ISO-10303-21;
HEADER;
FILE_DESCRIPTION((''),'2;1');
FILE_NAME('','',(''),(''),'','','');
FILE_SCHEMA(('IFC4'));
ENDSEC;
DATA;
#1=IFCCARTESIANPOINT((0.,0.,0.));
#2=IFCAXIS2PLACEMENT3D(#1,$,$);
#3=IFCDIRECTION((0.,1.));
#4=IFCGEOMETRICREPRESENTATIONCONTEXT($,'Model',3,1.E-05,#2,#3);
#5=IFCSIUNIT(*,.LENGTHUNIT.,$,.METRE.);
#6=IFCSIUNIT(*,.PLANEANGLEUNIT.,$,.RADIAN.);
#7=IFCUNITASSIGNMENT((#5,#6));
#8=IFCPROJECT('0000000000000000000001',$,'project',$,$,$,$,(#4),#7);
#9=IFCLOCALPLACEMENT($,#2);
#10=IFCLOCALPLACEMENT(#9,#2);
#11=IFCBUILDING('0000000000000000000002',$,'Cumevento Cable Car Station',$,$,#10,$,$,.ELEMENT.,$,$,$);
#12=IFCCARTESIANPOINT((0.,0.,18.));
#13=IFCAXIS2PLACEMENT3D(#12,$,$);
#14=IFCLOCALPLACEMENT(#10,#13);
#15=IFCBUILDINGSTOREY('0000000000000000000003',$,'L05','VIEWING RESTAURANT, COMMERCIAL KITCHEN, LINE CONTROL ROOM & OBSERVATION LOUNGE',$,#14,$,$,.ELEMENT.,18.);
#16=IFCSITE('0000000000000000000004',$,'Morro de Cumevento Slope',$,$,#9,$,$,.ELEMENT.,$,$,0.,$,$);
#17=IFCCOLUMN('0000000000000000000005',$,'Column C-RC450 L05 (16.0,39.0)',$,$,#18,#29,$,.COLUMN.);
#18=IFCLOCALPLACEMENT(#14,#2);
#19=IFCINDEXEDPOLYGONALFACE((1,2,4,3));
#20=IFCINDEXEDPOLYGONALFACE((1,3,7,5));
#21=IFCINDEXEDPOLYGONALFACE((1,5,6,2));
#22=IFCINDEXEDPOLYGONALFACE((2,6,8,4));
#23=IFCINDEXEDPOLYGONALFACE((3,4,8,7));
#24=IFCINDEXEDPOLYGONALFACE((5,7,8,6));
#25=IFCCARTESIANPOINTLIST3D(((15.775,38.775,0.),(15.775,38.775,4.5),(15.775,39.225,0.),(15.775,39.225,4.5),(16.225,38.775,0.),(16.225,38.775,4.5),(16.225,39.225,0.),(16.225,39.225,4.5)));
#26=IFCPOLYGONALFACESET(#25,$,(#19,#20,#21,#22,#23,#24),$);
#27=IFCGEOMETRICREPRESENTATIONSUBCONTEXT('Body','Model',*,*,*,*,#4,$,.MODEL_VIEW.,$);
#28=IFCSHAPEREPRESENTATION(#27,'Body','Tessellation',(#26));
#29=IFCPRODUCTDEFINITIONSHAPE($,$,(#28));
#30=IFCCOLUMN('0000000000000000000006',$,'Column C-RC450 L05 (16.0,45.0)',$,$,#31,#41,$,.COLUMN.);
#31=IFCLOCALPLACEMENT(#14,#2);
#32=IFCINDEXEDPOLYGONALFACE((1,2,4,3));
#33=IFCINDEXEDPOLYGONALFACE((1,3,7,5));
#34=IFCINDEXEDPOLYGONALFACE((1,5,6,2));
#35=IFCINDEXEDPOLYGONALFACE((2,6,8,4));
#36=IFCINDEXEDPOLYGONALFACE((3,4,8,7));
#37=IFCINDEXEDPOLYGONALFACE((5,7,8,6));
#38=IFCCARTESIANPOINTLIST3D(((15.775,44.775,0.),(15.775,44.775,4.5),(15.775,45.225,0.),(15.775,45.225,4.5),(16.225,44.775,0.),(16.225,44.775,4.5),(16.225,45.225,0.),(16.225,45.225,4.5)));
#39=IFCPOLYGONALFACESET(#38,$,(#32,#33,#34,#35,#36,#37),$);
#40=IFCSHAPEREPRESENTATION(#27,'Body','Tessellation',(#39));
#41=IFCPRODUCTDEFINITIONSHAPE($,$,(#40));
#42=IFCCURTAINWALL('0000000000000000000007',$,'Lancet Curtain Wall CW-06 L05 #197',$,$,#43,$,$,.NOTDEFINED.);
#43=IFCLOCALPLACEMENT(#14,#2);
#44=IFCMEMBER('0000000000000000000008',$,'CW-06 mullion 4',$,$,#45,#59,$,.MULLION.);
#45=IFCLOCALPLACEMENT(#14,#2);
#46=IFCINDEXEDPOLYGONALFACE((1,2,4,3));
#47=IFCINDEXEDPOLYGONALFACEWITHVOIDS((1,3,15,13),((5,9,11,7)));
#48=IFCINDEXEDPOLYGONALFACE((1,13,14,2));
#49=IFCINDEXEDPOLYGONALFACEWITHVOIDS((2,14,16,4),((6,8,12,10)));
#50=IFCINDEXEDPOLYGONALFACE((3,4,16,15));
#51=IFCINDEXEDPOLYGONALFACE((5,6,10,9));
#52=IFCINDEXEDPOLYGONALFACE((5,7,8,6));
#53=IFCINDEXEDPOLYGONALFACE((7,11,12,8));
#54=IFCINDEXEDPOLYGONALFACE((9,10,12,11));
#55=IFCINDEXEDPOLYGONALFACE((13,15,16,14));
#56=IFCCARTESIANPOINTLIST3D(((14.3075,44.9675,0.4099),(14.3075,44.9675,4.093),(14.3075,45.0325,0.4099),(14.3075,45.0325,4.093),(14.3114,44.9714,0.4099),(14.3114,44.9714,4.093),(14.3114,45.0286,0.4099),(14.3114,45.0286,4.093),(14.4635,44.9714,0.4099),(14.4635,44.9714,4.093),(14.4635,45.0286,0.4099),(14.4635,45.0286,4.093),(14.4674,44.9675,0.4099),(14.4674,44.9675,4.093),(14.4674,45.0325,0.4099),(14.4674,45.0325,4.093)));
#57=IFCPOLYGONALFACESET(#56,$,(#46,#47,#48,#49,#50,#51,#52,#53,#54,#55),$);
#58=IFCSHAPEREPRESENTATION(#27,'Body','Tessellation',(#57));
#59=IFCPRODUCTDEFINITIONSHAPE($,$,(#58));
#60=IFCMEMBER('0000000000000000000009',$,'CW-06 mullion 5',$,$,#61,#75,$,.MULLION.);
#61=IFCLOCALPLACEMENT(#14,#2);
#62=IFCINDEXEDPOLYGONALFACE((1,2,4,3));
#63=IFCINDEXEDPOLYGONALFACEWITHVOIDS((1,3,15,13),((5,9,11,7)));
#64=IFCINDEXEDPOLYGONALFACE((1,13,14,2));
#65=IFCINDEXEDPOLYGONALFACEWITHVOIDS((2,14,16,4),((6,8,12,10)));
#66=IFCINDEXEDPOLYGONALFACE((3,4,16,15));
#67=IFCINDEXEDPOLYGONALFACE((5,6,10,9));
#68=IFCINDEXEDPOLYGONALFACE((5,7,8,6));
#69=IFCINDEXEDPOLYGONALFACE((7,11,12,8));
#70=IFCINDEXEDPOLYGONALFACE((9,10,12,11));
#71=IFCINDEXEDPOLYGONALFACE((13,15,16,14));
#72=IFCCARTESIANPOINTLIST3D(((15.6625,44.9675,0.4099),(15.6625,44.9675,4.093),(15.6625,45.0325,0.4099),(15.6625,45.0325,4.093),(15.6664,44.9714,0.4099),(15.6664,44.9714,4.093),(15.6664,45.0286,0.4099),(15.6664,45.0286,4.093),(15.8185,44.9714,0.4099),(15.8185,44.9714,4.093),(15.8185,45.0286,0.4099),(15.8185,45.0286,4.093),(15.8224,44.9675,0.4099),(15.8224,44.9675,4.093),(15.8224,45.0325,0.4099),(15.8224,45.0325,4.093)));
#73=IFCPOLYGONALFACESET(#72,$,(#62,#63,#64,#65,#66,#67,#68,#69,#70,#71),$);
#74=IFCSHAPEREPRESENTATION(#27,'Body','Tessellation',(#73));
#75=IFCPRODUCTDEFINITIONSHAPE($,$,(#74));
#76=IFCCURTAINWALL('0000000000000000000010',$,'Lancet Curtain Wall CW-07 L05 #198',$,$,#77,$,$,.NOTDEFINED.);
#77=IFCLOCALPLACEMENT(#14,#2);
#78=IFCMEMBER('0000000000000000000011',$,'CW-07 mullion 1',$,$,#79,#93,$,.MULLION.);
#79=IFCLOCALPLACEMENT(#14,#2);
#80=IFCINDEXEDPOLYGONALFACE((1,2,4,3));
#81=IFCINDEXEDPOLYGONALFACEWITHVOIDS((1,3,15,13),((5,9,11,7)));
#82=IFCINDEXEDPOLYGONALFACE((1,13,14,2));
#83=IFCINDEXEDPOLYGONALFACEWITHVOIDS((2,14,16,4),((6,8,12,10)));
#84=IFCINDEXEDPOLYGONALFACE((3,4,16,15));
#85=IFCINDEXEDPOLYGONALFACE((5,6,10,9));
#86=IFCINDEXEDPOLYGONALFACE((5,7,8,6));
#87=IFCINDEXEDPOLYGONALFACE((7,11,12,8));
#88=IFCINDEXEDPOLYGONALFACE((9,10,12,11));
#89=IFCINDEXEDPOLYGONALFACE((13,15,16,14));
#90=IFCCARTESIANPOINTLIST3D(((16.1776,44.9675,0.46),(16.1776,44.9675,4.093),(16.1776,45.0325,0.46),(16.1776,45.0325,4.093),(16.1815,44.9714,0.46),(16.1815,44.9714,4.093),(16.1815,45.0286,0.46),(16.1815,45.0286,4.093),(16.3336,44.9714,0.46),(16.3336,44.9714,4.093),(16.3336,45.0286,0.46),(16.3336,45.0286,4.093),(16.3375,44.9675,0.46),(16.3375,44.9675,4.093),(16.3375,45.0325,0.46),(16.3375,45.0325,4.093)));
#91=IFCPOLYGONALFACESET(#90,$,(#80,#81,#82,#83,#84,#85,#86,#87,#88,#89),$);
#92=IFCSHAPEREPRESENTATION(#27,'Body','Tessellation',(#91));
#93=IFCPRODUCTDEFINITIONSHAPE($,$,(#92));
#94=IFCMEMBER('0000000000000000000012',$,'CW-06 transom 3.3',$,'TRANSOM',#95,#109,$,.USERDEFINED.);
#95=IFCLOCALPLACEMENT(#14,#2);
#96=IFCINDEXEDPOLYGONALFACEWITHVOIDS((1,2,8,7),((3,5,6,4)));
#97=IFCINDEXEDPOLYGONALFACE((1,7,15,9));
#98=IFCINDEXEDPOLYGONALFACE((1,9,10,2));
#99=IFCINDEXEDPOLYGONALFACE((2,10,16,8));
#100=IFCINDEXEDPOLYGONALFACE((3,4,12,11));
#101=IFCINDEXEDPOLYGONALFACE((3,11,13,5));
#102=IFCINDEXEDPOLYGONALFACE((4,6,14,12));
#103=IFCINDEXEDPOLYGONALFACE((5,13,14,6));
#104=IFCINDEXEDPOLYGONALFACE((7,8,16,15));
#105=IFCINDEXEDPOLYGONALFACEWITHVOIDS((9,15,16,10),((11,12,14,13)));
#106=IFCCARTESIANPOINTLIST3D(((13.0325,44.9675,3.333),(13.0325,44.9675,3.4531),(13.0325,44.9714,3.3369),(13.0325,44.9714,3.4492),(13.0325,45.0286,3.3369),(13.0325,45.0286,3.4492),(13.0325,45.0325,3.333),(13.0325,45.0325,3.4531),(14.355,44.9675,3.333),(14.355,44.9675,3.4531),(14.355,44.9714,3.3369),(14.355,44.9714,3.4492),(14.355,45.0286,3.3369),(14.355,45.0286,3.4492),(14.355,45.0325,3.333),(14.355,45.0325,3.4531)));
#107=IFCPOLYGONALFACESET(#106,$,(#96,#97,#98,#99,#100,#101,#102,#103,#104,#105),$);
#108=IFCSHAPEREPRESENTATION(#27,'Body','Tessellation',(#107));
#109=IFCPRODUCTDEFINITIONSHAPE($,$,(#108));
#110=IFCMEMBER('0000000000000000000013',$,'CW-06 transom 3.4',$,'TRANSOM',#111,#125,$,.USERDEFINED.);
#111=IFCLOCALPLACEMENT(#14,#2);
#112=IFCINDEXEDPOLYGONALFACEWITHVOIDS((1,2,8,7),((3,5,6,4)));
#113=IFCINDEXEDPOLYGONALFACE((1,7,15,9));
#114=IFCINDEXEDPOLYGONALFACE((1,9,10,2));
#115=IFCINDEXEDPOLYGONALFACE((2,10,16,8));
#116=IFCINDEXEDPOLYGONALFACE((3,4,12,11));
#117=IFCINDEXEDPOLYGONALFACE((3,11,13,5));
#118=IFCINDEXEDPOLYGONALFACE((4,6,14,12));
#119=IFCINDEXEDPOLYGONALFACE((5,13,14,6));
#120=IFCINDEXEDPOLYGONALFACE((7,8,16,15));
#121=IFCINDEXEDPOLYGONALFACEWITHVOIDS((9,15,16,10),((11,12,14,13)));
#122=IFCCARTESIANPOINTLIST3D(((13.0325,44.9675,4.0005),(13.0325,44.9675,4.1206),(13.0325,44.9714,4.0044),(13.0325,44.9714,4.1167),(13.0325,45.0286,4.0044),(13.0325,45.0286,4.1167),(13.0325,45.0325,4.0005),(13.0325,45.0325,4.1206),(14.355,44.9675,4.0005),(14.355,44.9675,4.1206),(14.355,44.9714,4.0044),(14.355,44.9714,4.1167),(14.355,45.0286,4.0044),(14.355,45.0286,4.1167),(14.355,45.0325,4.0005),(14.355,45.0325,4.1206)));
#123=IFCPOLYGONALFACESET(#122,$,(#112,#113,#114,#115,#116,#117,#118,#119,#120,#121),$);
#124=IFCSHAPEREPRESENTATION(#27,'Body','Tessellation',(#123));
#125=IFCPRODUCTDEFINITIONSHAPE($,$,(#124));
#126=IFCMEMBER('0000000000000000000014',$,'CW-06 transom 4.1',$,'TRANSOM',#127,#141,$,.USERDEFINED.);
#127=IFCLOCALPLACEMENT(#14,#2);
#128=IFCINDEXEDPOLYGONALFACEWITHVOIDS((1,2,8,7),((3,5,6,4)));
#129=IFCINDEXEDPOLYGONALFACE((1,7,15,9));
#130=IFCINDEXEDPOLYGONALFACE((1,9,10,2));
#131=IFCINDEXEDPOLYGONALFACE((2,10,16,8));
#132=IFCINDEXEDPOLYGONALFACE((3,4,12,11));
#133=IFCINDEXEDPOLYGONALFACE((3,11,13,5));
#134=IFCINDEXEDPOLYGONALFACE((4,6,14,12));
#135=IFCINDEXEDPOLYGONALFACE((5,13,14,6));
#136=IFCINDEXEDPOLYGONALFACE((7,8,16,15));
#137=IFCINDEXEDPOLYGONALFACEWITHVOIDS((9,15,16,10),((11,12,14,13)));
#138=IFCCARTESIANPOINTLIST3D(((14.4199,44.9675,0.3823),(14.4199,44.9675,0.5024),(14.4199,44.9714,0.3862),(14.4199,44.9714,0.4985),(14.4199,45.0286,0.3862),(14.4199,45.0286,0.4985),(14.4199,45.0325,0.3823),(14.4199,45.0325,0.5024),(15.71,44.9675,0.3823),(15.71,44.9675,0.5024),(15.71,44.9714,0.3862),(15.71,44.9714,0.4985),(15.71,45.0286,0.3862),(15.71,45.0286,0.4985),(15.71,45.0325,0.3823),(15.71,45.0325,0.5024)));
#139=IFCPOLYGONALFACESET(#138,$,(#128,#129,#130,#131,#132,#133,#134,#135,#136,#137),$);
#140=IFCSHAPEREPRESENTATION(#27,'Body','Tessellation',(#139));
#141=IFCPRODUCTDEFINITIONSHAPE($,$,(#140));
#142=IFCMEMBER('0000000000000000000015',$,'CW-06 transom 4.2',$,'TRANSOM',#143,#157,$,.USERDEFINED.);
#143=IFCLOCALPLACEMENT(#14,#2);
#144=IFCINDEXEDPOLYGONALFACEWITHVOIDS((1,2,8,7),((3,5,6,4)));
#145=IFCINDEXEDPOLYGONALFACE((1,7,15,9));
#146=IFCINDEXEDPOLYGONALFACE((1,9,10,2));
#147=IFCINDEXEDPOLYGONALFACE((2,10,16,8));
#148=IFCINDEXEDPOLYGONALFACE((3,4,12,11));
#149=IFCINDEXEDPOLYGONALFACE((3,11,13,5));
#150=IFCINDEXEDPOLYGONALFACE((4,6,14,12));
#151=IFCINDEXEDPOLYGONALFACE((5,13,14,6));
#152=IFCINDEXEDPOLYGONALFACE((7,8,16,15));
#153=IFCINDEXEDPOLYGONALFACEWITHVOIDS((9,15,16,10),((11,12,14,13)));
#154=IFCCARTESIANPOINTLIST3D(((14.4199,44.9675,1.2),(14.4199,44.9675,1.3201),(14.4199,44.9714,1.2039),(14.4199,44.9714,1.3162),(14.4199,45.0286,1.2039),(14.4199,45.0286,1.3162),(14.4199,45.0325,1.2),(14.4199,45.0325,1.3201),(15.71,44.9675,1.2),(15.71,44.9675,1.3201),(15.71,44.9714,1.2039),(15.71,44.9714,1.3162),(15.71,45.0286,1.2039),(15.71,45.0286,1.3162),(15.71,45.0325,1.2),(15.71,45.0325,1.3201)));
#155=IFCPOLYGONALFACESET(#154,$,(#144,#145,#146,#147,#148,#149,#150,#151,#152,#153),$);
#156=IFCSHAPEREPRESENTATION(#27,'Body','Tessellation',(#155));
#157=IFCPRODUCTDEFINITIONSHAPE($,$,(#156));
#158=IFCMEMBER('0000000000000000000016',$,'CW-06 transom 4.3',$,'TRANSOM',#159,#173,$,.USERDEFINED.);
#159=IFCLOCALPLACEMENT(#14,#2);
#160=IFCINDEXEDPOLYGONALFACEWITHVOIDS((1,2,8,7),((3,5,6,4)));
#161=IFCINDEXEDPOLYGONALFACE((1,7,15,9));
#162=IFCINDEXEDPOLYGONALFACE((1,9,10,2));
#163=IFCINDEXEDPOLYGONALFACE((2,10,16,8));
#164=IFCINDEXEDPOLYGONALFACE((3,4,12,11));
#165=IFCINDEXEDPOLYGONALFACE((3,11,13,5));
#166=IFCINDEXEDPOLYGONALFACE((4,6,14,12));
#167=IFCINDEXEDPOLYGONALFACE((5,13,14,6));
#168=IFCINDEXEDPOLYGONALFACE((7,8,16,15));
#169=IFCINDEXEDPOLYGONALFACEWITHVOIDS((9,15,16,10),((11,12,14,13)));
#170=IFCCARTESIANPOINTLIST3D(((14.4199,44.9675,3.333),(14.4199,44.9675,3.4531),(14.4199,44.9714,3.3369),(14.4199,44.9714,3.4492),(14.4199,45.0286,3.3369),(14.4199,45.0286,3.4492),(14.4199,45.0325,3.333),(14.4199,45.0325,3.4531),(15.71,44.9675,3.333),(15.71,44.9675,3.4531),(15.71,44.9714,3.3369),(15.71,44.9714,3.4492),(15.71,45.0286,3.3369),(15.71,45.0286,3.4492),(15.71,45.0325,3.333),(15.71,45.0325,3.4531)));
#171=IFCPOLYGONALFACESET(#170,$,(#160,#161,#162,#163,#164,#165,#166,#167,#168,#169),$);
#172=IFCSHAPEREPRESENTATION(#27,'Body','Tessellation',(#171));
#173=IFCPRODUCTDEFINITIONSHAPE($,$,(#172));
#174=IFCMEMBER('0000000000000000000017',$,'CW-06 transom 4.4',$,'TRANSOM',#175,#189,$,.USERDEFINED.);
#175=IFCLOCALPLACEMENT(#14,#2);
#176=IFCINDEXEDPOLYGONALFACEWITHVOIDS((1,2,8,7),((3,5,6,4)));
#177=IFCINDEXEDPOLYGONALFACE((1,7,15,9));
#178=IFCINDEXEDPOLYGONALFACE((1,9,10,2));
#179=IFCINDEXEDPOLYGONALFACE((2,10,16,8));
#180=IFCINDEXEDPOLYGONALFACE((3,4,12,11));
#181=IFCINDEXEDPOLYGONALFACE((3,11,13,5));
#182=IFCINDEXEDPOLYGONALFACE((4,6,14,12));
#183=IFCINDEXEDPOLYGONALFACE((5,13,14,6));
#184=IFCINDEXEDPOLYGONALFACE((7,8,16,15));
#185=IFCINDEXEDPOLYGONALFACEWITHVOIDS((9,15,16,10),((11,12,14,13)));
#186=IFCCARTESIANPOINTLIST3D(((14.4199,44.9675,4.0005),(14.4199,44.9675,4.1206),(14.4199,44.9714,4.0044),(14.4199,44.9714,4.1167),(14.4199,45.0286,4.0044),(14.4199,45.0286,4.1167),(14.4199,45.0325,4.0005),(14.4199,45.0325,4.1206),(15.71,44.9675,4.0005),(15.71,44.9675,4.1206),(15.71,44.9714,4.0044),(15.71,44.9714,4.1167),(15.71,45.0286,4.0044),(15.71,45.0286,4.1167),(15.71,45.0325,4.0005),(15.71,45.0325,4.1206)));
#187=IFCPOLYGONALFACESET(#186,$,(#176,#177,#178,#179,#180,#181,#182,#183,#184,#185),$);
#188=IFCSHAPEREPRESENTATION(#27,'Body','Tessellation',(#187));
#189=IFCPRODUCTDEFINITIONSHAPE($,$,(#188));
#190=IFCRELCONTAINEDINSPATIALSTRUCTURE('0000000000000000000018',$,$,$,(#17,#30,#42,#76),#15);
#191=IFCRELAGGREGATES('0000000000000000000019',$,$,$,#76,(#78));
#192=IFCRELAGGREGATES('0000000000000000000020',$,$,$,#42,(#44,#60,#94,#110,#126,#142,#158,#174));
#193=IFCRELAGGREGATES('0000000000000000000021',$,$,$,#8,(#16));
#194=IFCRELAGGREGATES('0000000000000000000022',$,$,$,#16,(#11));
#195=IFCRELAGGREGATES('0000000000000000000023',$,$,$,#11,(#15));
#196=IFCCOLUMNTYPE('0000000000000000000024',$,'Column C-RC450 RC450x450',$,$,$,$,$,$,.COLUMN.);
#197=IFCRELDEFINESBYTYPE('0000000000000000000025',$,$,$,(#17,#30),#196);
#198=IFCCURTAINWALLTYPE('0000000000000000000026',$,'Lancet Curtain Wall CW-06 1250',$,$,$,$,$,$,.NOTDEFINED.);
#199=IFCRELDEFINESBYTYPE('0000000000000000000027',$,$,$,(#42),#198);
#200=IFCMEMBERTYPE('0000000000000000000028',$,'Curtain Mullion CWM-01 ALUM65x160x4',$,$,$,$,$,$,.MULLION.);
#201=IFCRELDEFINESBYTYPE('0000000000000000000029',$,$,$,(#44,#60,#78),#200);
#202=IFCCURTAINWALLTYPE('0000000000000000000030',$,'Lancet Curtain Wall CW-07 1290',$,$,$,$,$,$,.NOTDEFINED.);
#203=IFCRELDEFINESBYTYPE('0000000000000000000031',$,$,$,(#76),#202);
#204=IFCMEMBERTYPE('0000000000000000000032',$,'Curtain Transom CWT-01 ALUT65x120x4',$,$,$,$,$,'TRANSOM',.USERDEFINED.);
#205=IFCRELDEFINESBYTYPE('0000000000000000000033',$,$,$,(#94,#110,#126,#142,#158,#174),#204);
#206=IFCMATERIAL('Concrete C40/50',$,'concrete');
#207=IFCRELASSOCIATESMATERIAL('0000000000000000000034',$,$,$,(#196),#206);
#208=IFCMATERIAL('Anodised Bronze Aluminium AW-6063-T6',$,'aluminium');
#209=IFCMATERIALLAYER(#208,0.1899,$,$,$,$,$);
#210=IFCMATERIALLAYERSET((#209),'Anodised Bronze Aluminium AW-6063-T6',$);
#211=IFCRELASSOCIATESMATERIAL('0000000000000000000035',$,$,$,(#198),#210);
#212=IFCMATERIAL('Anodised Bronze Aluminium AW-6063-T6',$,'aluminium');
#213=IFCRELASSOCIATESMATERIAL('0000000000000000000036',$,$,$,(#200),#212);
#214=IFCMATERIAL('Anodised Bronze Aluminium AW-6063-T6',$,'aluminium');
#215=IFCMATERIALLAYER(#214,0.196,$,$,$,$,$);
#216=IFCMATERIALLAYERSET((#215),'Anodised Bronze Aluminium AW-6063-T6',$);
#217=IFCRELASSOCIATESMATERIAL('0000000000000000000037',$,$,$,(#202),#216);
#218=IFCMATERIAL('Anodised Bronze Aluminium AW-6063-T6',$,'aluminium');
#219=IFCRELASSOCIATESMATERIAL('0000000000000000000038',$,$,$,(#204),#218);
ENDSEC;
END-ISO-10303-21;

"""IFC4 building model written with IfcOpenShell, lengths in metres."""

from ifc_helpers import new_model, si_unit, direction, frame, origin, origin_2d, place, context, subcontext, project, spatial, rectangle, hollow_rectangle, extrude, material, layer, layer_set, material_profile, profile_set, type_object, element, aggregate, save


model = new_model("IFC4")

# Units and contexts
model_context = context("Model", 3, precision=1e-05, world=origin(), true_north=direction((0.0, 1.0)))
body_context = subcontext(model_context, "Body", "Model", "MODEL_VIEW")
ifc_project = project(units=[si_unit("LENGTHUNIT", "METRE"), si_unit("PLANEANGLEUNIT", "RADIAN")], contexts=[model_context])

# Site, building, storey
site_placement = place(None, origin())
site = spatial("IfcSite", under=ifc_project, at=site_placement, Name="Morro de Cumevento Slope", CompositionType="ELEMENT", RefElevation=0.0)
building_placement = place(site_placement, origin())
building = spatial("IfcBuilding", under=site, at=building_placement, Name="Cumevento Cable Car Station", CompositionType="ELEMENT")
storey_placement = place(building_placement, frame((0.0, 0.0, 18.0)))
storey = spatial("IfcBuildingStorey", under=building, at=storey_placement, Name="L05", Description="VIEWING RESTAURANT, COMMERCIAL KITCHEN, LINE CONTROL ROOM & OBSERVATION LOUNGE", CompositionType="ELEMENT", Elevation=18.0)

# Columns
ifc_material_1 = material(Name="Concrete C40/50", Category="concrete")
ifc_material_profile_1 = material_profile(ifc_material_1, rectangle(XDim=0.45, YDim=0.45, at=origin_2d()), Name="RC450x450")
ifc_profile_set_1 = profile_set([ifc_material_profile_1], Name="Concrete C40/50")
column_type = type_object("IfcColumnType", Name="Column C-RC450 RC450x450", PredefinedType="COLUMN", material=ifc_profile_set_1)
for number, where, z_axis, x_axis, name in (
    (1, (16.0, 39.0, 0.0), (0.0, 0.0, 1.0), (1.0, 0.0, 0.0), "Column C-RC450 L05 (16.0,39.0)"),
    (2, (16.0, 45.0, 0.0), (0.0, 0.0, 1.0), (1.0, 0.0, 0.0), "Column C-RC450 L05 (16.0,45.0)"),
):
    element("IfcColumn", number, at=place(storey_placement, frame(where, z_axis=z_axis, x_axis=x_axis)), inside=storey, type_object=column_type, Name=name, PredefinedType="COLUMN", context=body_context, shape_type="SweptSolid", body=[
        extrude(rectangle(XDim=0.45, YDim=0.45, at=origin_2d()), origin(), (0.0, 0.0, 1.0), 4.5),
    ])

# Curtain wall, members
ifc_material_2 = material(Name="Anodised Bronze Aluminium AW-6063-T6", Category="aluminium")
ifc_layer_1 = layer(ifc_material_2, 0.1899)
ifc_layer_set_1 = layer_set([ifc_layer_1], Name="Anodised Bronze Aluminium AW-6063-T6")
curtain_wall_type_1 = type_object("IfcCurtainWallType", Name="Lancet Curtain Wall CW-06 1250", PredefinedType="NOTDEFINED", material=ifc_layer_set_1)
curtain_wall_1_placement = place(storey_placement, origin())
curtain_wall_1 = element("IfcCurtainWall", 3, at=curtain_wall_1_placement, inside=storey, type_object=curtain_wall_type_1, Name="Lancet Curtain Wall CW-06 L05 #197", PredefinedType="NOTDEFINED")
ifc_material_3 = material(Name="Anodised Bronze Aluminium AW-6063-T6", Category="aluminium")
ifc_material_profile_2 = material_profile(ifc_material_3, hollow_rectangle(XDim=0.0649, YDim=0.1599, WallThickness=0.0039, at=origin_2d()), Name="ALUM65x160x4")
ifc_profile_set_2 = profile_set([ifc_material_profile_2], Name="Anodised Bronze Aluminium AW-6063-T6")
member_type_1 = type_object("IfcMemberType", Name="Curtain Mullion CWM-01 ALUM65x160x4", PredefinedType="MULLION", material=ifc_profile_set_2)
member_1_placement = place(storey_placement, frame((14.3875, 45.0, 0.4099), z_axis=(0.0, 0.0, 1.0), x_axis=(0.0, 1.0, 0.0)))
member_1 = element("IfcMember", 4, at=member_1_placement, type_object=member_type_1, Name="CW-06 mullion 4", PredefinedType="MULLION", context=body_context, shape_type="SweptSolid", body=[
    extrude(hollow_rectangle(XDim=0.0649, YDim=0.1599, WallThickness=0.0039, at=origin_2d()), origin(), (0.0, 0.0, 1.0), 3.6831),
])
member_2_placement = place(storey_placement, frame((15.7424, 45.0, 0.4099), z_axis=(0.0, 0.0, 1.0), x_axis=(0.0, 1.0, 0.0)))
member_2 = element("IfcMember", 5, at=member_2_placement, type_object=member_type_1, Name="CW-06 mullion 5", PredefinedType="MULLION", context=body_context, shape_type="SweptSolid", body=[
    extrude(hollow_rectangle(XDim=0.0649, YDim=0.1599, WallThickness=0.0039, at=origin_2d()), origin(), (0.0, 0.0, 1.0), 3.6831),
])

# Curtain wall, member
ifc_material_4 = material(Name="Anodised Bronze Aluminium AW-6063-T6", Category="aluminium")
ifc_layer_2 = layer(ifc_material_4, 0.196)
ifc_layer_set_2 = layer_set([ifc_layer_2], Name="Anodised Bronze Aluminium AW-6063-T6")
curtain_wall_type_2 = type_object("IfcCurtainWallType", Name="Lancet Curtain Wall CW-07 1290", PredefinedType="NOTDEFINED", material=ifc_layer_set_2)
curtain_wall_2_placement = place(storey_placement, origin())
curtain_wall_2 = element("IfcCurtainWall", 6, at=curtain_wall_2_placement, inside=storey, type_object=curtain_wall_type_2, Name="Lancet Curtain Wall CW-07 L05 #198", PredefinedType="NOTDEFINED")
member_3_placement = place(storey_placement, frame((16.2576, 45.0, 0.46), z_axis=(0.0, 0.0, 1.0), x_axis=(0.0, 1.0, 0.0)))
member_3 = element("IfcMember", 7, at=member_3_placement, type_object=member_type_1, Name="CW-07 mullion 1", PredefinedType="MULLION", context=body_context, shape_type="SweptSolid", body=[
    extrude(hollow_rectangle(XDim=0.0649, YDim=0.1599, WallThickness=0.0039, at=origin_2d()), origin(), (0.0, 0.0, 1.0), 3.6331),
])
aggregate(curtain_wall_2, [member_3])

# Members
ifc_material_5 = material(Name="Anodised Bronze Aluminium AW-6063-T6", Category="aluminium")
ifc_material_profile_3 = material_profile(ifc_material_5, hollow_rectangle(XDim=0.0649, YDim=0.1201, WallThickness=0.0039, at=origin_2d()), Name="ALUT65x120x4")
ifc_profile_set_3 = profile_set([ifc_material_profile_3], Name="Anodised Bronze Aluminium AW-6063-T6")
member_type_2 = type_object("IfcMemberType", Name="Curtain Transom CWT-01 ALUT65x120x4", ElementType="TRANSOM", PredefinedType="USERDEFINED", material=ifc_profile_set_3)
member_4_placement = place(storey_placement, frame((13.0325, 45.0, 3.3931), z_axis=(1.0, 0.0, 0.0), x_axis=(0.0, 1.0, 0.0)))
member_4 = element("IfcMember", 8, at=member_4_placement, type_object=member_type_2, Name="CW-06 transom 3.3", ObjectType="TRANSOM", PredefinedType="USERDEFINED", context=body_context, shape_type="SweptSolid", body=[
    extrude(hollow_rectangle(XDim=0.0649, YDim=0.1201, WallThickness=0.0039, at=origin_2d()), origin(), (0.0, 0.0, 1.0), 1.3225),
])
member_5_placement = place(storey_placement, frame((13.0325, 45.0, 4.0605), z_axis=(1.0, 0.0, 0.0), x_axis=(0.0, 1.0, 0.0)))
member_5 = element("IfcMember", 9, at=member_5_placement, type_object=member_type_2, Name="CW-06 transom 3.4", ObjectType="TRANSOM", PredefinedType="USERDEFINED", context=body_context, shape_type="SweptSolid", body=[
    extrude(hollow_rectangle(XDim=0.0649, YDim=0.1201, WallThickness=0.0039, at=origin_2d()), origin(), (0.0, 0.0, 1.0), 1.3225),
])
member_6_placement = place(storey_placement, frame((14.4199, 45.0, 0.4424), z_axis=(1.0, 0.0, 0.0), x_axis=(0.0, 1.0, 0.0)))
member_6 = element("IfcMember", 10, at=member_6_placement, type_object=member_type_2, Name="CW-06 transom 4.1", ObjectType="TRANSOM", PredefinedType="USERDEFINED", context=body_context, shape_type="SweptSolid", body=[
    extrude(hollow_rectangle(XDim=0.0649, YDim=0.1201, WallThickness=0.0039, at=origin_2d()), origin(), (0.0, 0.0, 1.0), 1.29),
])
member_7_placement = place(storey_placement, frame((14.4199, 45.0, 1.26), z_axis=(1.0, 0.0, 0.0), x_axis=(0.0, 1.0, 0.0)))
member_7 = element("IfcMember", 11, at=member_7_placement, type_object=member_type_2, Name="CW-06 transom 4.2", ObjectType="TRANSOM", PredefinedType="USERDEFINED", context=body_context, shape_type="SweptSolid", body=[
    extrude(hollow_rectangle(XDim=0.0649, YDim=0.1201, WallThickness=0.0039, at=origin_2d()), origin(), (0.0, 0.0, 1.0), 1.29),
])
member_8_placement = place(storey_placement, frame((14.4199, 45.0, 3.3931), z_axis=(1.0, 0.0, 0.0), x_axis=(0.0, 1.0, 0.0)))
member_8 = element("IfcMember", 12, at=member_8_placement, type_object=member_type_2, Name="CW-06 transom 4.3", ObjectType="TRANSOM", PredefinedType="USERDEFINED", context=body_context, shape_type="SweptSolid", body=[
    extrude(hollow_rectangle(XDim=0.0649, YDim=0.1201, WallThickness=0.0039, at=origin_2d()), origin(), (0.0, 0.0, 1.0), 1.29),
])
member_9_placement = place(storey_placement, frame((14.4199, 45.0, 4.0605), z_axis=(1.0, 0.0, 0.0), x_axis=(0.0, 1.0, 0.0)))
member_9 = element("IfcMember", 13, at=member_9_placement, type_object=member_type_2, Name="CW-06 transom 4.4", ObjectType="TRANSOM", PredefinedType="USERDEFINED", context=body_context, shape_type="SweptSolid", body=[
    extrude(hollow_rectangle(XDim=0.0649, YDim=0.1201, WallThickness=0.0039, at=origin_2d()), origin(), (0.0, 0.0, 1.0), 1.29),
])

aggregate(curtain_wall_1, [member_1, member_2, member_4, member_5, member_6, member_7, member_8, member_9])

save(model, "model.ifc")
